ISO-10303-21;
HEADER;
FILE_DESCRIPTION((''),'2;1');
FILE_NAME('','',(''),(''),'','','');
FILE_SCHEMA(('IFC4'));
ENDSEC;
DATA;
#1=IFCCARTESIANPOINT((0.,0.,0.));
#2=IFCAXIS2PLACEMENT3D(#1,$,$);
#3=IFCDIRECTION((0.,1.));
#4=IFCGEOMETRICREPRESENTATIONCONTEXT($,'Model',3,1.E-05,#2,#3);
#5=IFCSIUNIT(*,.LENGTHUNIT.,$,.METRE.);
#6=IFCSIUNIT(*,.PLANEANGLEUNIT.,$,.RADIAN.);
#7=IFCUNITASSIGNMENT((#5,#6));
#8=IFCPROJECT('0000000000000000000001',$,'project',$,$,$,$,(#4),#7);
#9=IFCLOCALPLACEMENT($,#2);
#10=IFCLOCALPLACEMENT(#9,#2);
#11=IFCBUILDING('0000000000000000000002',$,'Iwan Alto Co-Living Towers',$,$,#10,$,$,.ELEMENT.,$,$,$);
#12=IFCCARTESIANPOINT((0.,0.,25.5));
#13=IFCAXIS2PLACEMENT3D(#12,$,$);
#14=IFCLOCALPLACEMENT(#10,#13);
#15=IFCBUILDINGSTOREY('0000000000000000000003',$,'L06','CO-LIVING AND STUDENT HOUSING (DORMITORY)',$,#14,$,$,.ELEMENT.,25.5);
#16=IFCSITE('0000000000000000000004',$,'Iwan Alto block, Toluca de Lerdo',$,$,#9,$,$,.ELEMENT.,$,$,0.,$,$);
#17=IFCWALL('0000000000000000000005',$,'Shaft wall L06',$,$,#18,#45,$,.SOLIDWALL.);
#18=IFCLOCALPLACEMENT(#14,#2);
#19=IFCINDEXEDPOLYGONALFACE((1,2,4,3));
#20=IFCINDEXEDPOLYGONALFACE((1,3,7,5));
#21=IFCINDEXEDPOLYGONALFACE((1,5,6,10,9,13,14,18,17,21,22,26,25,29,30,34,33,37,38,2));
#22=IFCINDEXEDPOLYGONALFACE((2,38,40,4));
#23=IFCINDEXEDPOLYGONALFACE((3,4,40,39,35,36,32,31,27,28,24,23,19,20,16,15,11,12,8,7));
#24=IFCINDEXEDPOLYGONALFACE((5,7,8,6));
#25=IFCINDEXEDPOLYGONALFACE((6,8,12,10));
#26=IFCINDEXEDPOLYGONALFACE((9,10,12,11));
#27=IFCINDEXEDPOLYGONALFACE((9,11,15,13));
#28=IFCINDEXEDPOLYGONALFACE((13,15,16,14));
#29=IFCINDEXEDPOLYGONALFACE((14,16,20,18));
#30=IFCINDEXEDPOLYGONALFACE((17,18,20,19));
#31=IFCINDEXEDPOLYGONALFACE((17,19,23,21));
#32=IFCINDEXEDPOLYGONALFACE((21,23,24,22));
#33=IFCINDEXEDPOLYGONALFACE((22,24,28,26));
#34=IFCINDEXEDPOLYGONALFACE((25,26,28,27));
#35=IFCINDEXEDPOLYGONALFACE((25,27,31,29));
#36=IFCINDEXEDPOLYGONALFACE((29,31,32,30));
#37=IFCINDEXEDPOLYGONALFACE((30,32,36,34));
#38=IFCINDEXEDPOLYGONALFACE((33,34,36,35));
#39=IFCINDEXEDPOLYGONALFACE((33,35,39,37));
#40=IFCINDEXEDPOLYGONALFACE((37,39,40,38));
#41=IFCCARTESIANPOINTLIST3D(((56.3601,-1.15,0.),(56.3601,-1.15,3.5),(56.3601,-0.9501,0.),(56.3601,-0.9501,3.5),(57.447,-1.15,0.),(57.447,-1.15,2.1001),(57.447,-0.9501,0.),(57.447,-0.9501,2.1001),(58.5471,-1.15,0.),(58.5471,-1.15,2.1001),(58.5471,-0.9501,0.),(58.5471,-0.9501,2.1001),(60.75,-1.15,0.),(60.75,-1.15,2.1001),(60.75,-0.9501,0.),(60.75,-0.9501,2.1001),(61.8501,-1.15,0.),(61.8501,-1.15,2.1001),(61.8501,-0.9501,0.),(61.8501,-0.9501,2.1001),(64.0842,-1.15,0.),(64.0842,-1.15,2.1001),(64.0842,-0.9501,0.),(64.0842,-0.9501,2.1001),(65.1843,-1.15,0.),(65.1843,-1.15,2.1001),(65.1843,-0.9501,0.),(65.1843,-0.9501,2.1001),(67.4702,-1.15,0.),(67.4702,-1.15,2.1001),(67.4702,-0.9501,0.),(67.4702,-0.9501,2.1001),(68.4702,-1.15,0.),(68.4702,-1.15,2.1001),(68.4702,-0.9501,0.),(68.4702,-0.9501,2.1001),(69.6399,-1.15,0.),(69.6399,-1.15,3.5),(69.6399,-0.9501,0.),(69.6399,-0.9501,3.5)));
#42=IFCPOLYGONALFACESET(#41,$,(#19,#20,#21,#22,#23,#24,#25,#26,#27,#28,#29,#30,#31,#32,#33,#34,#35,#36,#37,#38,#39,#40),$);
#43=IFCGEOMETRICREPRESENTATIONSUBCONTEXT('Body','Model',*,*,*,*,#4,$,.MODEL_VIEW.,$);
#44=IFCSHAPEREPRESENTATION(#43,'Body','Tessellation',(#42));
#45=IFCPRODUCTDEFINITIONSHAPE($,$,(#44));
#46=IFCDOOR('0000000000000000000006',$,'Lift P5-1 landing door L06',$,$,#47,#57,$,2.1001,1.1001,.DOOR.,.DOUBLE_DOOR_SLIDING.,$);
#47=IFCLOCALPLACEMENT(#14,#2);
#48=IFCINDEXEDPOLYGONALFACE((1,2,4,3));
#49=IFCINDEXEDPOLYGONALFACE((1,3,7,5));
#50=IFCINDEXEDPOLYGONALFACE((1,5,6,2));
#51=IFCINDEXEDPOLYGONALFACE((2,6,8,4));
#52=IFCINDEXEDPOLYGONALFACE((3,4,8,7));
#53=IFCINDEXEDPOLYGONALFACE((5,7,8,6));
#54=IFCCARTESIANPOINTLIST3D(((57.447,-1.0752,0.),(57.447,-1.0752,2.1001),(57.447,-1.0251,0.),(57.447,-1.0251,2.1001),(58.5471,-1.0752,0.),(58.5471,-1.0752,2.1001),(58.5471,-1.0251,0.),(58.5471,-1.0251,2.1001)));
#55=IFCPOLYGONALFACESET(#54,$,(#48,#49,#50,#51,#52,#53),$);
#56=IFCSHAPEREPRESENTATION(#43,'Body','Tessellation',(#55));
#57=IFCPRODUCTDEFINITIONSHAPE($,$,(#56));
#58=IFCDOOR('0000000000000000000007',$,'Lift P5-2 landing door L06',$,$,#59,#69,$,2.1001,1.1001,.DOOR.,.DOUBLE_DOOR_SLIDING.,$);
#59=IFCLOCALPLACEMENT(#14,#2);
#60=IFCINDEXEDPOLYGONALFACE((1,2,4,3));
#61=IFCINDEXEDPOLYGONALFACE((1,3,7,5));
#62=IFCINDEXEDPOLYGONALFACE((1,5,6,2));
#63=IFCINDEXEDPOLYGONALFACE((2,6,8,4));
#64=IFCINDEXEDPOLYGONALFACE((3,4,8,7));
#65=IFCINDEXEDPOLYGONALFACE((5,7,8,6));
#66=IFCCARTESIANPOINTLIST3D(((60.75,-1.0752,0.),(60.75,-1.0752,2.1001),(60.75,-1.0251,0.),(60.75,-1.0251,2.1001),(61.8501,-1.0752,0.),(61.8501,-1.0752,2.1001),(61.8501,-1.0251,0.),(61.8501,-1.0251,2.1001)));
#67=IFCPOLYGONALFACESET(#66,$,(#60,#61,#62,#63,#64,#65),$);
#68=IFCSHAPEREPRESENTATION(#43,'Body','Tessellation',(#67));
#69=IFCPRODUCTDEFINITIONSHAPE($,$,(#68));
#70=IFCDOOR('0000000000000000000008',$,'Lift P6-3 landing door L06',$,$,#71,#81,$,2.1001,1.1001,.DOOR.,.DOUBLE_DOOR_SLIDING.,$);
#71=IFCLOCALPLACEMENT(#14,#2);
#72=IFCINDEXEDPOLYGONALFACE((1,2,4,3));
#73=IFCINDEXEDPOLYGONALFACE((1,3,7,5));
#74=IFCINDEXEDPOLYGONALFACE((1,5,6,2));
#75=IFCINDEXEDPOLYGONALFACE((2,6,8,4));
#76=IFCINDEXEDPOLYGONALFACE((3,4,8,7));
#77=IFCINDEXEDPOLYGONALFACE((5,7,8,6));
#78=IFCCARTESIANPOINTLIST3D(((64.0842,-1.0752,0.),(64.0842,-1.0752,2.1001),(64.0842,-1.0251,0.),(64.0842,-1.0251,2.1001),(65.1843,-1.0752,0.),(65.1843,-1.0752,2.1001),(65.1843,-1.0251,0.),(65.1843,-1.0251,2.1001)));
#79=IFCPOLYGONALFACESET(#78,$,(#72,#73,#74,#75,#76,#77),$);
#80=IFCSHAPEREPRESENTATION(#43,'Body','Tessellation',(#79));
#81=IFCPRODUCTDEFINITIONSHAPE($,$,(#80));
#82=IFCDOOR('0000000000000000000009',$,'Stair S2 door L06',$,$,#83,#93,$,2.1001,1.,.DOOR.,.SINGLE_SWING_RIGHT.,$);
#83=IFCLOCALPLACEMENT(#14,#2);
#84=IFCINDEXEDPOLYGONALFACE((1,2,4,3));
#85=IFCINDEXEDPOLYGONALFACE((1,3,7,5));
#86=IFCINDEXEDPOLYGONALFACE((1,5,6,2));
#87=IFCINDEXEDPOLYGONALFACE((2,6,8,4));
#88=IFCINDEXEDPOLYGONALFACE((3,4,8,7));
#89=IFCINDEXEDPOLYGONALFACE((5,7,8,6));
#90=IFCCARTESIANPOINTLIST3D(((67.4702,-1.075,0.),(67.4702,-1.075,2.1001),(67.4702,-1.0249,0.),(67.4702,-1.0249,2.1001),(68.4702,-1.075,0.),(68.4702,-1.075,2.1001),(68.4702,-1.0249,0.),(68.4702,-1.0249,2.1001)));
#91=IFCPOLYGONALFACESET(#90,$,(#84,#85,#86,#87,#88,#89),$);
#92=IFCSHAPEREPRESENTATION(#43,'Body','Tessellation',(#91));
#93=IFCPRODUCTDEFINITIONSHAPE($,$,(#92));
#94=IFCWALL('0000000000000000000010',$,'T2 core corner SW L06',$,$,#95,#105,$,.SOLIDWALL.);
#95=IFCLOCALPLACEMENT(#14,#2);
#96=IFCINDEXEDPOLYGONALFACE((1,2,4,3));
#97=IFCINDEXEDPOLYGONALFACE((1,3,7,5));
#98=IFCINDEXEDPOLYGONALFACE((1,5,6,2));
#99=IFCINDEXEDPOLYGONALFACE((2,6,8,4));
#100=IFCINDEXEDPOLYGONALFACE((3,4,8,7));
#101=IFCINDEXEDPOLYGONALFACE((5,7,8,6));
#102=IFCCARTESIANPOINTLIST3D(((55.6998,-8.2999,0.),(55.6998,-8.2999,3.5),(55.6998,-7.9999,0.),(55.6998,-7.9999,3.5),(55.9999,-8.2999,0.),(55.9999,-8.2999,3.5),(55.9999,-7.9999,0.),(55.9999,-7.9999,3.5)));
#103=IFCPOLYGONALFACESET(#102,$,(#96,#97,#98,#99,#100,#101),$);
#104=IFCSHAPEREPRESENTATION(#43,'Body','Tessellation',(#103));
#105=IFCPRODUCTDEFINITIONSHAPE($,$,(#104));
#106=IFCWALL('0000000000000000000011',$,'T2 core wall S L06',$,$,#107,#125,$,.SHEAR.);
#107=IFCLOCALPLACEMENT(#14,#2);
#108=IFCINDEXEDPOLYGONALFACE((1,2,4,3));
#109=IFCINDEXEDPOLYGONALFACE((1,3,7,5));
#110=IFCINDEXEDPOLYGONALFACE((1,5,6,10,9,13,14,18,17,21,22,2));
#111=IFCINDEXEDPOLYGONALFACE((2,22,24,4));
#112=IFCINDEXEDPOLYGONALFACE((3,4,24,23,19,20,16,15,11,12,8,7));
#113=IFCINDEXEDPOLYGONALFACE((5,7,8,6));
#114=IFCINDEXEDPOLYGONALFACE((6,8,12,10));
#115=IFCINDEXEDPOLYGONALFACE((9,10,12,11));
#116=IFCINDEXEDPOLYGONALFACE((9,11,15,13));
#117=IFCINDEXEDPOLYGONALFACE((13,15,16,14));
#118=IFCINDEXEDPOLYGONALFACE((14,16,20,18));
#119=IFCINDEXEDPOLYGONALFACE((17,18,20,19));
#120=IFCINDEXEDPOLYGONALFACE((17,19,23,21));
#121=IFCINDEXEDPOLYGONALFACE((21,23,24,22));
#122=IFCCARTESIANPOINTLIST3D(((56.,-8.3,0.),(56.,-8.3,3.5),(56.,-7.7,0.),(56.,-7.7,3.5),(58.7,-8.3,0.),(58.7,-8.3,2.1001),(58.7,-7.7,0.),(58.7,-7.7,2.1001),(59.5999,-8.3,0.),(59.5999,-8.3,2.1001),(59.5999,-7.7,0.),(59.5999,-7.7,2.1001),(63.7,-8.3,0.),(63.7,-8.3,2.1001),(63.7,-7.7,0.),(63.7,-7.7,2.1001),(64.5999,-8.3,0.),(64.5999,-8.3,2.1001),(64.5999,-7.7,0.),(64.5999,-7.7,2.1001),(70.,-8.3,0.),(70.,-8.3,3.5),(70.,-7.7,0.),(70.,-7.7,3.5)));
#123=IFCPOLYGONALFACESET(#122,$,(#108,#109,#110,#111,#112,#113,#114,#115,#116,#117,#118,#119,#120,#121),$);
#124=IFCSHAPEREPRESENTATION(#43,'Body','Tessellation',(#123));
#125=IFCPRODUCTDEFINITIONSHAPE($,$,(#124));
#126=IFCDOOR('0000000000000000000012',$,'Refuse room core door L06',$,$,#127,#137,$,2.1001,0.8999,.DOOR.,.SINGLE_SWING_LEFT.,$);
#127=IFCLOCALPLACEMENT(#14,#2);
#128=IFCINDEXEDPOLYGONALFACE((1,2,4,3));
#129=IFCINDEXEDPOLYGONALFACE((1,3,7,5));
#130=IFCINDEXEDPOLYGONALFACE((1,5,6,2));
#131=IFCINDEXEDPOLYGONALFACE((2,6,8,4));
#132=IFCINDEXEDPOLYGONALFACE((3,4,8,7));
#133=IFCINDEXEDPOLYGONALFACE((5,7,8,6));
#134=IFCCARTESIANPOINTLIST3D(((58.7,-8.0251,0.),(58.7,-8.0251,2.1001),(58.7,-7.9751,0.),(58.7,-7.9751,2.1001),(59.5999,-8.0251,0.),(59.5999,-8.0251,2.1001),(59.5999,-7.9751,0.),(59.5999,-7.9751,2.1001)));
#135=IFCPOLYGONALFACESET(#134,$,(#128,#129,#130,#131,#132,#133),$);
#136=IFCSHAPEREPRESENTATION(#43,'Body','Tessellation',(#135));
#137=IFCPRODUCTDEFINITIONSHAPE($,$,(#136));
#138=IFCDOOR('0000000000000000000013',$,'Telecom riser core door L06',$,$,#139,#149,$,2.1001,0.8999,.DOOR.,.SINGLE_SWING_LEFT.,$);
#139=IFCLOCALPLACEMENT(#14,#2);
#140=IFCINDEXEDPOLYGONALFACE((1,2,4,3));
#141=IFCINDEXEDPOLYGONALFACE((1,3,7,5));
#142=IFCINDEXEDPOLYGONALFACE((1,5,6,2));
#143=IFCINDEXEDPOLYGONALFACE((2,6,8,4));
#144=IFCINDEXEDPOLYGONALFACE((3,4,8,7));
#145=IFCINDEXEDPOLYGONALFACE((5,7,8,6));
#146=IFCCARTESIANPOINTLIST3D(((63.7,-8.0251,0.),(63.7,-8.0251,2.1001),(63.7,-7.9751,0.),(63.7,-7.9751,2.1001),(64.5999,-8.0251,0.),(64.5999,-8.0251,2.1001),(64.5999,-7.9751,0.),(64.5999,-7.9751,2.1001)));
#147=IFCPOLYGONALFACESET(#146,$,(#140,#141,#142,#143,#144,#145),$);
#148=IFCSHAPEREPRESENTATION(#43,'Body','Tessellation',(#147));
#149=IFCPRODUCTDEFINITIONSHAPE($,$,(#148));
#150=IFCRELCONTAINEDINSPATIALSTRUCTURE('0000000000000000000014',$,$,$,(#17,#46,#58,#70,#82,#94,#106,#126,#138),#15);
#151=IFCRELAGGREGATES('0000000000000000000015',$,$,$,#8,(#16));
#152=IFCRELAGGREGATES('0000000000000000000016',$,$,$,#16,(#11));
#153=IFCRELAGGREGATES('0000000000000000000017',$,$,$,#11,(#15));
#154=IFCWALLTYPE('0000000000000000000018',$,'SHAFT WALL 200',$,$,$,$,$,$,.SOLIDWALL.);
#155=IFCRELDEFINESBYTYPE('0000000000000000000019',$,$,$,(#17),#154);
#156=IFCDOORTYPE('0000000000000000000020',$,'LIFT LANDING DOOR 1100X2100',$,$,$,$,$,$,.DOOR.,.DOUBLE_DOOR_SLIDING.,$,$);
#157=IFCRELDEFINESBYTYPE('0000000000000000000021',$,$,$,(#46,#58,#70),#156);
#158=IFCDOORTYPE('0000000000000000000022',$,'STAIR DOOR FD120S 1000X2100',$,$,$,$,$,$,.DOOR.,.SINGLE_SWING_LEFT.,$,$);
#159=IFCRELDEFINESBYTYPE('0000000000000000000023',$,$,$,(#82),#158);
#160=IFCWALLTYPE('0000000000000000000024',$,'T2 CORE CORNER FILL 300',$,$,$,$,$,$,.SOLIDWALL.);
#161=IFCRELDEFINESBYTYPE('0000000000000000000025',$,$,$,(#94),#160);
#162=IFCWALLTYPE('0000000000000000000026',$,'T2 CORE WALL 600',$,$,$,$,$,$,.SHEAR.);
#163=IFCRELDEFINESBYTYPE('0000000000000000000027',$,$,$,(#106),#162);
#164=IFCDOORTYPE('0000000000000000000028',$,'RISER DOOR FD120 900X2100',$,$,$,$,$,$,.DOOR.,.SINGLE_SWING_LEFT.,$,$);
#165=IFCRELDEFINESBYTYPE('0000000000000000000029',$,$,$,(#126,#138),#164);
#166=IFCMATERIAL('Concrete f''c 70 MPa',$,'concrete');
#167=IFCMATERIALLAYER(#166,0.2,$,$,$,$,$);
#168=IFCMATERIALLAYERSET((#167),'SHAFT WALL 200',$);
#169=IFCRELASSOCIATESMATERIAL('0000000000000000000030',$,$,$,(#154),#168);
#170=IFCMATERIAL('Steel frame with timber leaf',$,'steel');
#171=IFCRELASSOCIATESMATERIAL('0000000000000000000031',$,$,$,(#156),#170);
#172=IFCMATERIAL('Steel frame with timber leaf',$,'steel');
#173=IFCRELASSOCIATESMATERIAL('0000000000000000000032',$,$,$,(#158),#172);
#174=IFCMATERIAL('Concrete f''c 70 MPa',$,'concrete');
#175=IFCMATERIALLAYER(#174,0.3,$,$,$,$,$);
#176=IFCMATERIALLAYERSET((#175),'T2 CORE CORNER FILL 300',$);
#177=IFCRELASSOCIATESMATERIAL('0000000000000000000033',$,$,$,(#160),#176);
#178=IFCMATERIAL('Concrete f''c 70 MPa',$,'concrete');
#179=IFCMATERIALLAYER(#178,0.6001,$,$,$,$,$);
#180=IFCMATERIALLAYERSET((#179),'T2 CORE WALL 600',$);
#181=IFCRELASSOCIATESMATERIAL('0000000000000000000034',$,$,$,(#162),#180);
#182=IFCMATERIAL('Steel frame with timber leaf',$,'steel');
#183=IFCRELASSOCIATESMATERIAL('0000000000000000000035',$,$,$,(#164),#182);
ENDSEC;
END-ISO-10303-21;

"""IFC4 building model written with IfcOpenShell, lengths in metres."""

from ifc_helpers import new_model, si_unit, direction, frame, frame_2d, origin, place, context, subcontext, project, spatial, rectangle, extrude, material, layer, layer_set, type_object, element, fill, save


model = new_model("IFC4")

# Units and contexts
model_context = context("Model", 3, precision=1e-05, world=origin(), true_north=direction((0.0, 1.0)))
body_context = subcontext(model_context, "Body", "Model", "MODEL_VIEW")
ifc_project = project(units=[si_unit("LENGTHUNIT", "METRE"), si_unit("PLANEANGLEUNIT", "RADIAN")], contexts=[model_context])

# Site, building, storey
site_placement = place(None, origin())
site = spatial("IfcSite", under=ifc_project, at=site_placement, Name="Iwan Alto block, Toluca de Lerdo", CompositionType="ELEMENT", RefElevation=0.0)
building_placement = place(site_placement, origin())
building = spatial("IfcBuilding", under=site, at=building_placement, Name="Iwan Alto Co-Living Towers", CompositionType="ELEMENT")
storey_placement = place(building_placement, frame((0.0, 0.0, 25.5)))
storey = spatial("IfcBuildingStorey", under=building, at=storey_placement, Name="L06", Description="CO-LIVING AND STUDENT HOUSING (DORMITORY)", CompositionType="ELEMENT", Elevation=25.5)

# Shared definitions
ifc_material_1 = material(Name="Concrete f'c 70 MPa", Category="concrete")
ifc_layer_1 = layer(ifc_material_1, 0.2)
ifc_layer_set_1 = layer_set([ifc_layer_1], Name="SHAFT WALL 200")
wall_type_1 = type_object("IfcWallType", Name="SHAFT WALL 200", PredefinedType="SOLIDWALL", material=ifc_layer_set_1)

# Wall, openings, doors
wall_1_placement = place(storey_placement, frame((56.3601, -1.05, 0.0), z_axis=(0.0, 0.0, 1.0), x_axis=(1.0, 0.0, 0.0)))
wall_1 = element("IfcWall", 1, at=wall_1_placement, inside=storey, type_object=wall_type_1, Name="Shaft wall L06", PredefinedType="SOLIDWALL", context=body_context, shape_type="SweptSolid", body=[
    extrude(rectangle(XDim=13.2798, YDim=0.2, at=frame_2d((6.6399, 0.0))), origin(), (0.0, 0.0, 1.0), 3.5),
])
opening_1_placement = place(wall_1_placement, frame((11.1101, 0.0, 0.0)))
opening_1 = element("IfcOpeningElement", 2, at=opening_1_placement, cuts=wall_1, PredefinedType="OPENING", context=body_context, shape_type="SweptSolid", body=[
    extrude(rectangle(XDim=1.0, YDim=2.1001, at=frame_2d((0.5, 1.05))), frame((0.0, 0.1099, 0.0), z_axis=(0.0, -1.0, 0.0), x_axis=(1.0, 0.0, 0.0)), (0.0, 0.0, 1.0), 0.22),
])
opening_2_placement = place(wall_1_placement, frame((1.0869, 0.0, 0.0)))
opening_2 = element("IfcOpeningElement", 3, at=opening_2_placement, cuts=wall_1, PredefinedType="OPENING", context=body_context, shape_type="SweptSolid", body=[
    extrude(rectangle(XDim=1.1001, YDim=2.1001, at=frame_2d((0.55, 1.05))), frame((0.0, 0.1099, 0.0), z_axis=(0.0, -1.0, 0.0), x_axis=(1.0, 0.0, 0.0)), (0.0, 0.0, 1.0), 0.22),
])
opening_3_placement = place(wall_1_placement, frame((4.3899, 0.0, 0.0)))
opening_3 = element("IfcOpeningElement", 4, at=opening_3_placement, cuts=wall_1, PredefinedType="OPENING", context=body_context, shape_type="SweptSolid", body=[
    extrude(rectangle(XDim=1.1001, YDim=2.1001, at=frame_2d((0.55, 1.05))), frame((0.0, 0.1099, 0.0), z_axis=(0.0, -1.0, 0.0), x_axis=(1.0, 0.0, 0.0)), (0.0, 0.0, 1.0), 0.22),
])
opening_4_placement = place(wall_1_placement, frame((7.7241, 0.0, 0.0)))
opening_4 = element("IfcOpeningElement", 5, at=opening_4_placement, cuts=wall_1, PredefinedType="OPENING", context=body_context, shape_type="SweptSolid", body=[
    extrude(rectangle(XDim=1.1001, YDim=2.1001, at=frame_2d((0.55, 1.05))), frame((0.0, 0.1099, 0.0), z_axis=(0.0, -1.0, 0.0), x_axis=(1.0, 0.0, 0.0)), (0.0, 0.0, 1.0), 0.22),
])
ifc_material_2 = material(Name="Steel frame with timber leaf", Category="steel")
door_type_1 = type_object("IfcDoorType", Name="LIFT LANDING DOOR 1100X2100", OperationType="DOUBLE_DOOR_SLIDING", PredefinedType="DOOR", material=ifc_material_2)
door_1_placement = place(opening_2_placement, origin())
door_1 = element("IfcDoor", 6, at=door_1_placement, inside=storey, type_object=door_type_1, Name="Lift P5-1 landing door L06", OperationType="DOUBLE_DOOR_SLIDING", OverallHeight=2.1001, OverallWidth=1.1001, PredefinedType="DOOR", context=body_context, shape_type="SweptSolid", body=[
    extrude(rectangle(XDim=1.1001, YDim=2.1001, at=frame_2d((0.55, 1.05))), frame((0.0, 0.0249, 0.0), z_axis=(0.0, -1.0, 0.0), x_axis=(1.0, 0.0, 0.0)), (0.0, 0.0, 1.0), 0.05),
])
fill(opening_2, door_1)
door_2_placement = place(opening_3_placement, origin())
door_2 = element("IfcDoor", 7, at=door_2_placement, inside=storey, type_object=door_type_1, Name="Lift P5-2 landing door L06", OperationType="DOUBLE_DOOR_SLIDING", OverallHeight=2.1001, OverallWidth=1.1001, PredefinedType="DOOR", context=body_context, shape_type="SweptSolid", body=[
    extrude(rectangle(XDim=1.1001, YDim=2.1001, at=frame_2d((0.55, 1.05))), frame((0.0, 0.0249, 0.0), z_axis=(0.0, -1.0, 0.0), x_axis=(1.0, 0.0, 0.0)), (0.0, 0.0, 1.0), 0.05),
])
fill(opening_3, door_2)
door_3_placement = place(opening_4_placement, origin())
door_3 = element("IfcDoor", 8, at=door_3_placement, inside=storey, type_object=door_type_1, Name="Lift P6-3 landing door L06", OperationType="DOUBLE_DOOR_SLIDING", OverallHeight=2.1001, OverallWidth=1.1001, PredefinedType="DOOR", context=body_context, shape_type="SweptSolid", body=[
    extrude(rectangle(XDim=1.1001, YDim=2.1001, at=frame_2d((0.55, 1.05))), frame((0.0, 0.0249, 0.0), z_axis=(0.0, -1.0, 0.0), x_axis=(1.0, 0.0, 0.0)), (0.0, 0.0, 1.0), 0.05),
])
fill(opening_4, door_3)
ifc_material_3 = material(Name="Steel frame with timber leaf", Category="steel")
door_type_2 = type_object("IfcDoorType", Name="STAIR DOOR FD120S 1000X2100", OperationType="SINGLE_SWING_LEFT", PredefinedType="DOOR", material=ifc_material_3)
door_4_placement = place(opening_1_placement, frame((1.0, 0.0, 0.0), z_axis=(0.0, 0.0, 1.0), x_axis=(-1.0, 0.0, 0.0)))
door_4 = element("IfcDoor", 9, at=door_4_placement, inside=storey, type_object=door_type_2, Name="Stair S2 door L06", OperationType="SINGLE_SWING_RIGHT", OverallHeight=2.1001, OverallWidth=1.0, PredefinedType="DOOR", context=body_context, shape_type="SweptSolid", body=[
    extrude(rectangle(XDim=1.0, YDim=2.1001, at=frame_2d((0.5, 1.05))), frame((0.0, 0.0249, 0.0), z_axis=(0.0, -1.0, 0.0), x_axis=(1.0, 0.0, 0.0)), (0.0, 0.0, 1.0), 0.05),
])
fill(opening_1, door_4)

# Wall
ifc_material_4 = material(Name="Concrete f'c 70 MPa", Category="concrete")
ifc_layer_2 = layer(ifc_material_4, 0.3)
ifc_layer_set_2 = layer_set([ifc_layer_2], Name="T2 CORE CORNER FILL 300")
wall_type_2 = type_object("IfcWallType", Name="T2 CORE CORNER FILL 300", PredefinedType="SOLIDWALL", material=ifc_layer_set_2)
wall_2_placement = place(storey_placement, frame((55.7, -8.1499, 0.0), z_axis=(0.0, 0.0, 1.0), x_axis=(1.0, 0.0, 0.0)))
element("IfcWall", 10, at=wall_2_placement, inside=storey, type_object=wall_type_2, Name="T2 core corner SW L06", PredefinedType="SOLIDWALL", context=body_context, shape_type="SweptSolid", body=[
    extrude(rectangle(XDim=0.3, YDim=0.3, at=frame_2d((0.1499, 0.0))), origin(), (0.0, 0.0, 1.0), 3.5),
])

# Wall, openings, doors
ifc_material_5 = material(Name="Concrete f'c 70 MPa", Category="concrete")
ifc_layer_3 = layer(ifc_material_5, 0.6001)
ifc_layer_set_3 = layer_set([ifc_layer_3], Name="T2 CORE WALL 600")
wall_type_3 = type_object("IfcWallType", Name="T2 CORE WALL 600", PredefinedType="SHEAR", material=ifc_layer_set_3)
wall_3_placement = place(storey_placement, frame((56.0, -8.0, 0.0), z_axis=(0.0, 0.0, 1.0), x_axis=(1.0, 0.0, 0.0)))
wall_3 = element("IfcWall", 11, at=wall_3_placement, inside=storey, type_object=wall_type_3, Name="T2 core wall S L06", PredefinedType="SHEAR", context=body_context, shape_type="SweptSolid", body=[
    extrude(rectangle(XDim=14.0, YDim=0.6001, at=frame_2d((7.0, 0.0))), origin(), (0.0, 0.0, 1.0), 3.5),
])
opening_5_placement = place(wall_3_placement, frame((2.7, 0.0, 0.0)))
opening_5 = element("IfcOpeningElement", 12, at=opening_5_placement, cuts=wall_3, PredefinedType="OPENING", context=body_context, shape_type="SweptSolid", body=[
    extrude(rectangle(XDim=0.8999, YDim=2.1001, at=frame_2d((0.45, 1.05))), frame((0.0, 0.3101, 0.0), z_axis=(0.0, -1.0, 0.0), x_axis=(1.0, 0.0, 0.0)), (0.0, 0.0, 1.0), 0.6201),
])
opening_6_placement = place(wall_3_placement, frame((7.7, 0.0, 0.0)))
opening_6 = element("IfcOpeningElement", 13, at=opening_6_placement, cuts=wall_3, PredefinedType="OPENING", context=body_context, shape_type="SweptSolid", body=[
    extrude(rectangle(XDim=0.8999, YDim=2.1001, at=frame_2d((0.45, 1.05))), frame((0.0, 0.3101, 0.0), z_axis=(0.0, -1.0, 0.0), x_axis=(1.0, 0.0, 0.0)), (0.0, 0.0, 1.0), 0.6201),
])
ifc_material_6 = material(Name="Steel frame with timber leaf", Category="steel")
door_type_3 = type_object("IfcDoorType", Name="RISER DOOR FD120 900X2100", OperationType="SINGLE_SWING_LEFT", PredefinedType="DOOR", material=ifc_material_6)
door_5_placement = place(opening_5_placement, origin())
door_5 = element("IfcDoor", 14, at=door_5_placement, inside=storey, type_object=door_type_3, Name="Refuse room core door L06", OperationType="SINGLE_SWING_LEFT", OverallHeight=2.1001, OverallWidth=0.8999, PredefinedType="DOOR", context=body_context, shape_type="SweptSolid", body=[
    extrude(rectangle(XDim=0.8999, YDim=2.1001, at=frame_2d((0.45, 1.05))), frame((0.0, 0.0249, 0.0), z_axis=(0.0, -1.0, 0.0), x_axis=(1.0, 0.0, 0.0)), (0.0, 0.0, 1.0), 0.05),
])
fill(opening_5, door_5)
door_6_placement = place(opening_6_placement, origin())
door_6 = element("IfcDoor", 15, at=door_6_placement, inside=storey, type_object=door_type_3, Name="Telecom riser core door L06", OperationType="SINGLE_SWING_LEFT", OverallHeight=2.1001, OverallWidth=0.8999, PredefinedType="DOOR", context=body_context, shape_type="SweptSolid", body=[
    extrude(rectangle(XDim=0.8999, YDim=2.1001, at=frame_2d((0.45, 1.05))), frame((0.0, 0.0249, 0.0), z_axis=(0.0, -1.0, 0.0), x_axis=(1.0, 0.0, 0.0)), (0.0, 0.0, 1.0), 0.05),
])
fill(opening_6, door_6)

save(model, "model.ifc")
